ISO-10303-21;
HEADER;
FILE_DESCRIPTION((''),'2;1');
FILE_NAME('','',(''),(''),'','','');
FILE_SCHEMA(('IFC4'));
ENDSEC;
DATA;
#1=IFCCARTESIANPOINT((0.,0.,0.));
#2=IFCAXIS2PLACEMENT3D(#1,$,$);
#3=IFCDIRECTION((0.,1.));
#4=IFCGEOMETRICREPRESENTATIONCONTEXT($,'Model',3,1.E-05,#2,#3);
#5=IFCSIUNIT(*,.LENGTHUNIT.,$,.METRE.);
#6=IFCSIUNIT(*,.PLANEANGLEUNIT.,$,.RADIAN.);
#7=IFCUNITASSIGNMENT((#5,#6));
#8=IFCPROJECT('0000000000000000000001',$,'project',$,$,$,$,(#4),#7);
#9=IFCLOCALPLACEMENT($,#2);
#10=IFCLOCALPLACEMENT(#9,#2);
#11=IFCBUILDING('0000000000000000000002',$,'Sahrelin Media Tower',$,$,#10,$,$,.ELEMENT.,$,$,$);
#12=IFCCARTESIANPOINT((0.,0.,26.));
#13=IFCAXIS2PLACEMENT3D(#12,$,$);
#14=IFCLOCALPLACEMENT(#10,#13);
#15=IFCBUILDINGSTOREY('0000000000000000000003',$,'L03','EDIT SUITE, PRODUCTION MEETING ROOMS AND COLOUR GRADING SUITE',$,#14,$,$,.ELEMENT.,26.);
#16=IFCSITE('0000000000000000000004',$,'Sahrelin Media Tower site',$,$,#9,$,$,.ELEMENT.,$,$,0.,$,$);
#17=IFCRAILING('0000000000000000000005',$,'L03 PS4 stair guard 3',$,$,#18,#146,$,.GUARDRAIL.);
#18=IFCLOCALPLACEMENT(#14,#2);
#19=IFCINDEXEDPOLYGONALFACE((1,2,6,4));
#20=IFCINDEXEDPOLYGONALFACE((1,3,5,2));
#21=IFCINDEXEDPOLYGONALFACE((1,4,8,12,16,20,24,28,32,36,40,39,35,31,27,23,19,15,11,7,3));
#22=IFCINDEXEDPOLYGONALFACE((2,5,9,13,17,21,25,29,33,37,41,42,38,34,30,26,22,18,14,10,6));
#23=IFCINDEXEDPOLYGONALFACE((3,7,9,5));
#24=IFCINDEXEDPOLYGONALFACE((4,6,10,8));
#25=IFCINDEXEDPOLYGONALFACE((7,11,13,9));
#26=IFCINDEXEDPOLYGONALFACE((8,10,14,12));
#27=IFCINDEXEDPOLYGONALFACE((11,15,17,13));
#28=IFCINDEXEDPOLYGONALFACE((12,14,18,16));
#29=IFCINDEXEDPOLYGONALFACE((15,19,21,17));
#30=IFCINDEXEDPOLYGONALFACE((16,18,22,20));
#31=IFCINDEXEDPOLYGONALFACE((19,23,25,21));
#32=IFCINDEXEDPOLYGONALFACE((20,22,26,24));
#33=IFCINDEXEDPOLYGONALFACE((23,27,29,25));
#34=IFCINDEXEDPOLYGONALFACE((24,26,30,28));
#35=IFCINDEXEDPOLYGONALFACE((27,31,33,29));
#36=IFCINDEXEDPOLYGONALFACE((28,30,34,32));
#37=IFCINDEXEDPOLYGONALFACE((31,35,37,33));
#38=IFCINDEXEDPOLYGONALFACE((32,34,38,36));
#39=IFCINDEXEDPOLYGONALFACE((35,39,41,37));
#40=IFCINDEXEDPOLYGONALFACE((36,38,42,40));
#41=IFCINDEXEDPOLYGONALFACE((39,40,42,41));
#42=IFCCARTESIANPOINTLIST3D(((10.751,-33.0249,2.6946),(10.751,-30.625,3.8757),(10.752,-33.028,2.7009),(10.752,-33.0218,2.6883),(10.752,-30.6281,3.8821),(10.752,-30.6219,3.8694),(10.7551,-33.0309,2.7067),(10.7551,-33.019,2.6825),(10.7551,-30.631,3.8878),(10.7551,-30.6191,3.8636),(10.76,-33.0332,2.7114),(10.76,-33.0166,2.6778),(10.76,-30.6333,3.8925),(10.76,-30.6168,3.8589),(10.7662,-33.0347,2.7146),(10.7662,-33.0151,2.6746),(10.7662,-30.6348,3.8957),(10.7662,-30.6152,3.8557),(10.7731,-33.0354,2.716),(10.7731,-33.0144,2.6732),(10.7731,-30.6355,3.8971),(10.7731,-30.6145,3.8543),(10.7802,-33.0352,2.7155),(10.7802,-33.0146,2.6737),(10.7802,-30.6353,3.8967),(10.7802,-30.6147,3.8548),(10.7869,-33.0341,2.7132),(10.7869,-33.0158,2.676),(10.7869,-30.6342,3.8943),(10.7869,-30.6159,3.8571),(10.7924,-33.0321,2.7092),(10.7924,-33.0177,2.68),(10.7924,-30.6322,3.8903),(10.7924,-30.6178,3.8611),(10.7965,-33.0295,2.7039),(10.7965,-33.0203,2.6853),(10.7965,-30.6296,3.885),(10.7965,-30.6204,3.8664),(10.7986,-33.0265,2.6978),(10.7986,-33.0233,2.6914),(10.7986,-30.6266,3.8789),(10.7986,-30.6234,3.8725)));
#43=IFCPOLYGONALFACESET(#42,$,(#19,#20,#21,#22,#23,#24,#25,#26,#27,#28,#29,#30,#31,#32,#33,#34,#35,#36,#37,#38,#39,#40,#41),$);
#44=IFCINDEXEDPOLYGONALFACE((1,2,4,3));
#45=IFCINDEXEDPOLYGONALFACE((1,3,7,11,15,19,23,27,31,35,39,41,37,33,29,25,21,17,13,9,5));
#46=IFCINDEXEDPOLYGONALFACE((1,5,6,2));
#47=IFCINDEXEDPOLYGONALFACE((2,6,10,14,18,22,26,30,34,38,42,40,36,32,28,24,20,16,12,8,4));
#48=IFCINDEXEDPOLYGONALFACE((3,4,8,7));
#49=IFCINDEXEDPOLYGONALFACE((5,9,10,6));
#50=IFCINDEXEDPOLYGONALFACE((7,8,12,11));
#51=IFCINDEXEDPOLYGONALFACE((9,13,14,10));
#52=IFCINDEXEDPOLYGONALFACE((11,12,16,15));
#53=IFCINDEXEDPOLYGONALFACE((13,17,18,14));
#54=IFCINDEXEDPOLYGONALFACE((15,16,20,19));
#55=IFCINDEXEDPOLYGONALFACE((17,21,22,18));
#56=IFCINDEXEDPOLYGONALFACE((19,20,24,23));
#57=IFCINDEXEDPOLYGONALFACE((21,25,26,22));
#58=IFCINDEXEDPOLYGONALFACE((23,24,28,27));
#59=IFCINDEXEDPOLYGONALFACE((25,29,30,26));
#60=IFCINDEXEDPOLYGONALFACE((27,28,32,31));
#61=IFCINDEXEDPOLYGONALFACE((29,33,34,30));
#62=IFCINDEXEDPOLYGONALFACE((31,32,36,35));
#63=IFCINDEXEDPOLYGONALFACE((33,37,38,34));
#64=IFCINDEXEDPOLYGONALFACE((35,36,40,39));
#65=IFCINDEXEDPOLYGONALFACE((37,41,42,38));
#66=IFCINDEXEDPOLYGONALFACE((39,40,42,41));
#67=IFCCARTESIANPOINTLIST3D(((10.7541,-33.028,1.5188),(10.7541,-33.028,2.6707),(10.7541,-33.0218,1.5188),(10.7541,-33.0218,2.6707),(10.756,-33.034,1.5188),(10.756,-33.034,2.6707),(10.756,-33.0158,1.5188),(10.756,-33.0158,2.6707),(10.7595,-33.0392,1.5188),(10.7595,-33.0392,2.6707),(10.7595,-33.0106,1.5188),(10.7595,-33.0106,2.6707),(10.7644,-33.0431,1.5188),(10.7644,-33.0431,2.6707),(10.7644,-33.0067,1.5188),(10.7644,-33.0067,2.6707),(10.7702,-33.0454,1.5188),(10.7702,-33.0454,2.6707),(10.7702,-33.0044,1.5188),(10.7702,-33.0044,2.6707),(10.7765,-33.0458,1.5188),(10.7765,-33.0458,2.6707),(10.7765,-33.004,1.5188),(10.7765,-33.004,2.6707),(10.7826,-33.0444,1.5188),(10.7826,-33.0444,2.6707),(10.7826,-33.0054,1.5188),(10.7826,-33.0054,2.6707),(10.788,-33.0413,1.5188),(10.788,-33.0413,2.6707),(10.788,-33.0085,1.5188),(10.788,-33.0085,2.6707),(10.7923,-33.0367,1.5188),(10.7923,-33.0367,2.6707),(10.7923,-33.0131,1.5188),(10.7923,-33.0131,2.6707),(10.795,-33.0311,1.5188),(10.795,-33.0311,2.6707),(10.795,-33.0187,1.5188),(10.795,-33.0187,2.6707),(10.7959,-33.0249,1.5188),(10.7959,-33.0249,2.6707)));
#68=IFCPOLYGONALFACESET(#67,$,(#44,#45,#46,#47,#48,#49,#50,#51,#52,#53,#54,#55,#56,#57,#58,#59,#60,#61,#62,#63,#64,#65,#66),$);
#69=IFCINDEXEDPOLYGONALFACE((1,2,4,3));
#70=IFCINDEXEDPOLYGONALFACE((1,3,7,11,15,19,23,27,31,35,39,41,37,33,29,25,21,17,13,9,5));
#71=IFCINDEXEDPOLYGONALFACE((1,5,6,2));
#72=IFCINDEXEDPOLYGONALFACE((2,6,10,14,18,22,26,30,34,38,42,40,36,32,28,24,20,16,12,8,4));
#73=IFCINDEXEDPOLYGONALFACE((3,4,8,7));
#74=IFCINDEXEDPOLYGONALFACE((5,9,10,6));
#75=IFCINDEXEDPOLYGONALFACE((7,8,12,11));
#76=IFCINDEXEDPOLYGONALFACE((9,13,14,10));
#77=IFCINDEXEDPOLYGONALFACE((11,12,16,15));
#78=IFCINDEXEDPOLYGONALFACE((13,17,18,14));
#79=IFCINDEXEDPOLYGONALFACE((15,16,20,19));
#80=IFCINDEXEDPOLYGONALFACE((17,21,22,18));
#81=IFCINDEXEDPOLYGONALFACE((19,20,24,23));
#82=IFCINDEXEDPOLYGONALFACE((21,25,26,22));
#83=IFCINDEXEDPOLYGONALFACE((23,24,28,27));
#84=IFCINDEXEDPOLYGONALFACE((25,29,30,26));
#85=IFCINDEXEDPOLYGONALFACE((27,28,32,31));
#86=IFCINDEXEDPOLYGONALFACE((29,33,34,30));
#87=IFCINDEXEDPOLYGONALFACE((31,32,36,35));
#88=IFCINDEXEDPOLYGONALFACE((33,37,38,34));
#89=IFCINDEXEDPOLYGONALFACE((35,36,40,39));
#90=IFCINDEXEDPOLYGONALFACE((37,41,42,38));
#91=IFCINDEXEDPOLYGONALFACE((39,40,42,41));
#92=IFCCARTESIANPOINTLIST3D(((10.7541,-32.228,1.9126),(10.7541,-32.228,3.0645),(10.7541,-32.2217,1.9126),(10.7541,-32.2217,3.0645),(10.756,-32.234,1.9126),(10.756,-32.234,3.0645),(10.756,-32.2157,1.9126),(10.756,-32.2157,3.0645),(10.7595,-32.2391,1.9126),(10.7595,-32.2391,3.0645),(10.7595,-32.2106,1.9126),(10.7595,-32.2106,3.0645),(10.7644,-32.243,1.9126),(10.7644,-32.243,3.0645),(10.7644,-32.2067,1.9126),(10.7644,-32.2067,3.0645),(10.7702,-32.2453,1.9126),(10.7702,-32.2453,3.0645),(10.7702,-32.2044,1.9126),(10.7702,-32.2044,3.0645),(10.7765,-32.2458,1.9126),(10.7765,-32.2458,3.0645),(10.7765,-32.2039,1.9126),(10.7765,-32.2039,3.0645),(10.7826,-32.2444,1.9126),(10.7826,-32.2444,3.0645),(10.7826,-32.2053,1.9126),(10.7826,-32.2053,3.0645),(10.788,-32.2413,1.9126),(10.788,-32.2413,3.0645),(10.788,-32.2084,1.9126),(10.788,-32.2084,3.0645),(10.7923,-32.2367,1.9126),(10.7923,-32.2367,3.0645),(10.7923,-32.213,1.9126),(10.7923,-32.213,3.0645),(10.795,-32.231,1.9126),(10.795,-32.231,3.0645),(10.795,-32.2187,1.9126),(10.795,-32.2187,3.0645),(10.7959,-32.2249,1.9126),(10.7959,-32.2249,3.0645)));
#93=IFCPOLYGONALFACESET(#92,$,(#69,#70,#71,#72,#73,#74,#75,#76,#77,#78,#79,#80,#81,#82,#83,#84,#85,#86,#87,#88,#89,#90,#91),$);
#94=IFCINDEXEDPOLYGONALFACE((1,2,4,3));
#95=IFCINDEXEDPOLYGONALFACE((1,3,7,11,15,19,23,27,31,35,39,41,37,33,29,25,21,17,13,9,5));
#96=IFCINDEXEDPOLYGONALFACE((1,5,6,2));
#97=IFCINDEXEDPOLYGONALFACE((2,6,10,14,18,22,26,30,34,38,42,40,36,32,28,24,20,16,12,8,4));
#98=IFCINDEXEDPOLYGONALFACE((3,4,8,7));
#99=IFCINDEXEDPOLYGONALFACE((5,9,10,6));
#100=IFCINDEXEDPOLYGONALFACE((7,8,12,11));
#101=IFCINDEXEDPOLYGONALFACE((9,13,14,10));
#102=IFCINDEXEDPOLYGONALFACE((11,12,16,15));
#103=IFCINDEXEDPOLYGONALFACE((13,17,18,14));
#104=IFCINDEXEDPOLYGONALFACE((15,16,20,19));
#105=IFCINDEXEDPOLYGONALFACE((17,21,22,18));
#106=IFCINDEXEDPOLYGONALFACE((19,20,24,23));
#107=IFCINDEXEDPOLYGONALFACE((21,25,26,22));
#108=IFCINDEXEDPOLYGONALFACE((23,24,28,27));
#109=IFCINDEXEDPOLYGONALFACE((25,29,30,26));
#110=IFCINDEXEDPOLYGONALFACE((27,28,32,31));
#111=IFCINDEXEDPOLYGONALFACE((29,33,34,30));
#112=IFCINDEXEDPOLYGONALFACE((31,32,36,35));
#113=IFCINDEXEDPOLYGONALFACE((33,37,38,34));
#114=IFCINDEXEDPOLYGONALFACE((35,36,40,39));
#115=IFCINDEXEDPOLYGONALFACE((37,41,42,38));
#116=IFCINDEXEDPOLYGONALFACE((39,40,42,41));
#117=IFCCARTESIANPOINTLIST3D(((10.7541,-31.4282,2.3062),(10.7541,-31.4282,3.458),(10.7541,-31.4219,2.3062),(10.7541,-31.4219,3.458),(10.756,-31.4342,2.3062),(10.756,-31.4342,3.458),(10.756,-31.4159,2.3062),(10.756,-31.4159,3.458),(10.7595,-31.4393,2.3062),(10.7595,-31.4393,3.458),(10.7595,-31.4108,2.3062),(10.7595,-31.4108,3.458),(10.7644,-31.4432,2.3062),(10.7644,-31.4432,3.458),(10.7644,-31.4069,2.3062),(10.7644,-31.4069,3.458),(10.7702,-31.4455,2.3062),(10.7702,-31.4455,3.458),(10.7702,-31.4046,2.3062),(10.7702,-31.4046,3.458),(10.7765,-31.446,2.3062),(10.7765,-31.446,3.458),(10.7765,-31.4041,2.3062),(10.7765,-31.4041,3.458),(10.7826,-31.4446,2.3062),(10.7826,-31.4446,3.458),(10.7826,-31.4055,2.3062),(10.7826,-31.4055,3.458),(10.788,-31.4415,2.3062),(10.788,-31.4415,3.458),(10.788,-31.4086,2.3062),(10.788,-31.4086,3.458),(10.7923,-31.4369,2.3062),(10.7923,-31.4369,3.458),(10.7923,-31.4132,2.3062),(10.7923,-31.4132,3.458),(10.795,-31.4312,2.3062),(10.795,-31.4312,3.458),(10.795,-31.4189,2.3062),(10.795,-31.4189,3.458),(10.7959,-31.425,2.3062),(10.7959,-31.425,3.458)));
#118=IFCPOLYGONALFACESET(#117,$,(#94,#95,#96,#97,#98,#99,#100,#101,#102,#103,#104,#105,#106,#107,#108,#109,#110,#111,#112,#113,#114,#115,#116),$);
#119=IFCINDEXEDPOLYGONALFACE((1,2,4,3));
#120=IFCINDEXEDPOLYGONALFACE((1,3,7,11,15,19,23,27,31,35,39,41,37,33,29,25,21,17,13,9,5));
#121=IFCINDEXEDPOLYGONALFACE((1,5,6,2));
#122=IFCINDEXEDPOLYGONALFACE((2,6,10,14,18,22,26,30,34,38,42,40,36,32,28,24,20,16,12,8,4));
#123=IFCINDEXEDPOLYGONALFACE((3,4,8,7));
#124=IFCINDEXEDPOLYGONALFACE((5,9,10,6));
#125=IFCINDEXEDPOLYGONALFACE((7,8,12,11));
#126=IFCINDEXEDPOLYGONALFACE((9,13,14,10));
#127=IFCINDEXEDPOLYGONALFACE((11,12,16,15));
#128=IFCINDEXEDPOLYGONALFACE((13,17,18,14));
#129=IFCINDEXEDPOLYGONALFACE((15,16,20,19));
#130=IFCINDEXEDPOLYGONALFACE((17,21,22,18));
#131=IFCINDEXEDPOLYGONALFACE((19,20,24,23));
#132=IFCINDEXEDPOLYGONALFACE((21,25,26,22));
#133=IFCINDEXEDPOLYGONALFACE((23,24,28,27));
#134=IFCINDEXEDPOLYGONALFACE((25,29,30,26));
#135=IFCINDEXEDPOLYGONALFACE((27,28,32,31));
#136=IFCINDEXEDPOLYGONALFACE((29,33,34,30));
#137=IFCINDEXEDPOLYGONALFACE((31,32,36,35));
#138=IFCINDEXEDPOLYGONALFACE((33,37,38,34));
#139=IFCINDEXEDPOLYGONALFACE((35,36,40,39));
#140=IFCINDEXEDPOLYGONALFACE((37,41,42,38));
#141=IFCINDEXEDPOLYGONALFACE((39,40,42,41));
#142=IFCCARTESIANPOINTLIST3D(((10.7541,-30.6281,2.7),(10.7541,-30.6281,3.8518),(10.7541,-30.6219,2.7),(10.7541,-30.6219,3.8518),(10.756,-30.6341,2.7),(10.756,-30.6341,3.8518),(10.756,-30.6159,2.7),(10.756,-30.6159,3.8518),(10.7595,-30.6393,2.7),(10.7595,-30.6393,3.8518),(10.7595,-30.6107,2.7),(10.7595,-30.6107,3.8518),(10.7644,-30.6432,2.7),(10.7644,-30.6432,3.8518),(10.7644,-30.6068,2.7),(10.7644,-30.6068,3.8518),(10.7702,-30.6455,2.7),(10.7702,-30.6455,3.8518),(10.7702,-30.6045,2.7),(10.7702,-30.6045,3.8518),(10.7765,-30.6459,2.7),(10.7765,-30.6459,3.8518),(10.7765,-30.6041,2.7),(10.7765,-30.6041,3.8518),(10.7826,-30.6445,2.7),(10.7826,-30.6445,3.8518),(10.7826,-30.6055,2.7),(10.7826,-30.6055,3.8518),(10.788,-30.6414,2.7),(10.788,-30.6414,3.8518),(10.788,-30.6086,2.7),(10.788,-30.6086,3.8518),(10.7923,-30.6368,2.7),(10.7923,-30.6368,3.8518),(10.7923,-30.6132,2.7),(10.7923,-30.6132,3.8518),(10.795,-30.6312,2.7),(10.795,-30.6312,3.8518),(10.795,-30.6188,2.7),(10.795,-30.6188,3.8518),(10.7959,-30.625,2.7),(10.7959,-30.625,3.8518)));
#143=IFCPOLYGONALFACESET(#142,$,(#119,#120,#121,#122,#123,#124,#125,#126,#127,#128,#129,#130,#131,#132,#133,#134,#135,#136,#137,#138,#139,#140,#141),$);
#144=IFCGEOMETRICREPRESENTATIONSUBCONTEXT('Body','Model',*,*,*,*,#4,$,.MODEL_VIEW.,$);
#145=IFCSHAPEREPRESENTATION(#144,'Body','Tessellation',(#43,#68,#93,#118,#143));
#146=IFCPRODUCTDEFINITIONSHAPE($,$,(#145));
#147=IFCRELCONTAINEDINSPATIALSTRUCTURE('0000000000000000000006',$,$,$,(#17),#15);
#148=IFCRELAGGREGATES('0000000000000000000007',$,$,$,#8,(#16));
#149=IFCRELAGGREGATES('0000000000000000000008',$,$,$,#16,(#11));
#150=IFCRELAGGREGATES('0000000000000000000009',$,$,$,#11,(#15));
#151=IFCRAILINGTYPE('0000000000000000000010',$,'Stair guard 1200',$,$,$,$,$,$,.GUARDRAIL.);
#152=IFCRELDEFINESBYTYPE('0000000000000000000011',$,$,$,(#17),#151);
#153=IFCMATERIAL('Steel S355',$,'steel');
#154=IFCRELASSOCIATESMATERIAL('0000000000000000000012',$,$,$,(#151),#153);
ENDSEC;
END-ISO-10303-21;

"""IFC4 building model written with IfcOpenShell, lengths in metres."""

from ifc_helpers import new_model, si_unit, direction, frame, origin, origin_2d, place, context, subcontext, project, spatial, circle, extrude, material, type_object, element, save


model = new_model("IFC4")

# Units and contexts
model_context = context("Model", 3, precision=1e-05, world=origin(), true_north=direction((0.0, 1.0)))
body_context = subcontext(model_context, "Body", "Model", "MODEL_VIEW")
ifc_project = project(units=[si_unit("LENGTHUNIT", "METRE"), si_unit("PLANEANGLEUNIT", "RADIAN")], contexts=[model_context])

# Site, building, storey
site_placement = place(None, origin())
site = spatial("IfcSite", under=ifc_project, at=site_placement, Name="Sahrelin Media Tower site", CompositionType="ELEMENT", RefElevation=0.0)
building_placement = place(site_placement, origin())
building = spatial("IfcBuilding", under=site, at=building_placement, Name="Sahrelin Media Tower", CompositionType="ELEMENT")
storey_placement = place(building_placement, frame((0.0, 0.0, 26.0)))
storey = spatial("IfcBuildingStorey", under=building, at=storey_placement, Name="L03", Description="EDIT SUITE, PRODUCTION MEETING ROOMS AND COLOUR GRADING SUITE", CompositionType="ELEMENT", Elevation=26.0)

# Shared definitions
ifc_material_1 = material(Name="Steel S355", Category="steel")

# Railing
railing_type_1 = type_object("IfcRailingType", Name="Stair guard 1200", PredefinedType="GUARDRAIL", material=ifc_material_1)
railing_1_placement = place(storey_placement, frame((10.7749, -33.0249, 1.5188)))
element("IfcRailing", 1, at=railing_1_placement, inside=storey, type_object=railing_type_1, Name="L03 PS4 stair guard 3", PredefinedType="GUARDRAIL", context=body_context, shape_type="SweptSolid", body=[
    extrude(circle(Radius=0.0239, at=origin_2d()), frame((0.0, 0.0, 1.1758), z_axis=(0.0, 0.897221, 0.441582), x_axis=(-1.0, 0.0, 0.0)), (0.0, 0.0, 1.0), 2.6748),
    extrude(circle(Radius=0.021, at=origin_2d()), origin(), (0.0, 0.0, 1.0), 1.1519),
    extrude(circle(Radius=0.021, at=origin_2d()), frame((0.0, 0.8, 0.3938)), (0.0, 0.0, 1.0), 1.1519),
    extrude(circle(Radius=0.021, at=origin_2d()), frame((0.0, 1.5999, 0.7874)), (0.0, 0.0, 1.0), 1.1519),
    extrude(circle(Radius=0.021, at=origin_2d()), frame((0.0, 2.3999, 1.1812)), (0.0, 0.0, 1.0), 1.1519),
])

save(model, "model.ifc")
